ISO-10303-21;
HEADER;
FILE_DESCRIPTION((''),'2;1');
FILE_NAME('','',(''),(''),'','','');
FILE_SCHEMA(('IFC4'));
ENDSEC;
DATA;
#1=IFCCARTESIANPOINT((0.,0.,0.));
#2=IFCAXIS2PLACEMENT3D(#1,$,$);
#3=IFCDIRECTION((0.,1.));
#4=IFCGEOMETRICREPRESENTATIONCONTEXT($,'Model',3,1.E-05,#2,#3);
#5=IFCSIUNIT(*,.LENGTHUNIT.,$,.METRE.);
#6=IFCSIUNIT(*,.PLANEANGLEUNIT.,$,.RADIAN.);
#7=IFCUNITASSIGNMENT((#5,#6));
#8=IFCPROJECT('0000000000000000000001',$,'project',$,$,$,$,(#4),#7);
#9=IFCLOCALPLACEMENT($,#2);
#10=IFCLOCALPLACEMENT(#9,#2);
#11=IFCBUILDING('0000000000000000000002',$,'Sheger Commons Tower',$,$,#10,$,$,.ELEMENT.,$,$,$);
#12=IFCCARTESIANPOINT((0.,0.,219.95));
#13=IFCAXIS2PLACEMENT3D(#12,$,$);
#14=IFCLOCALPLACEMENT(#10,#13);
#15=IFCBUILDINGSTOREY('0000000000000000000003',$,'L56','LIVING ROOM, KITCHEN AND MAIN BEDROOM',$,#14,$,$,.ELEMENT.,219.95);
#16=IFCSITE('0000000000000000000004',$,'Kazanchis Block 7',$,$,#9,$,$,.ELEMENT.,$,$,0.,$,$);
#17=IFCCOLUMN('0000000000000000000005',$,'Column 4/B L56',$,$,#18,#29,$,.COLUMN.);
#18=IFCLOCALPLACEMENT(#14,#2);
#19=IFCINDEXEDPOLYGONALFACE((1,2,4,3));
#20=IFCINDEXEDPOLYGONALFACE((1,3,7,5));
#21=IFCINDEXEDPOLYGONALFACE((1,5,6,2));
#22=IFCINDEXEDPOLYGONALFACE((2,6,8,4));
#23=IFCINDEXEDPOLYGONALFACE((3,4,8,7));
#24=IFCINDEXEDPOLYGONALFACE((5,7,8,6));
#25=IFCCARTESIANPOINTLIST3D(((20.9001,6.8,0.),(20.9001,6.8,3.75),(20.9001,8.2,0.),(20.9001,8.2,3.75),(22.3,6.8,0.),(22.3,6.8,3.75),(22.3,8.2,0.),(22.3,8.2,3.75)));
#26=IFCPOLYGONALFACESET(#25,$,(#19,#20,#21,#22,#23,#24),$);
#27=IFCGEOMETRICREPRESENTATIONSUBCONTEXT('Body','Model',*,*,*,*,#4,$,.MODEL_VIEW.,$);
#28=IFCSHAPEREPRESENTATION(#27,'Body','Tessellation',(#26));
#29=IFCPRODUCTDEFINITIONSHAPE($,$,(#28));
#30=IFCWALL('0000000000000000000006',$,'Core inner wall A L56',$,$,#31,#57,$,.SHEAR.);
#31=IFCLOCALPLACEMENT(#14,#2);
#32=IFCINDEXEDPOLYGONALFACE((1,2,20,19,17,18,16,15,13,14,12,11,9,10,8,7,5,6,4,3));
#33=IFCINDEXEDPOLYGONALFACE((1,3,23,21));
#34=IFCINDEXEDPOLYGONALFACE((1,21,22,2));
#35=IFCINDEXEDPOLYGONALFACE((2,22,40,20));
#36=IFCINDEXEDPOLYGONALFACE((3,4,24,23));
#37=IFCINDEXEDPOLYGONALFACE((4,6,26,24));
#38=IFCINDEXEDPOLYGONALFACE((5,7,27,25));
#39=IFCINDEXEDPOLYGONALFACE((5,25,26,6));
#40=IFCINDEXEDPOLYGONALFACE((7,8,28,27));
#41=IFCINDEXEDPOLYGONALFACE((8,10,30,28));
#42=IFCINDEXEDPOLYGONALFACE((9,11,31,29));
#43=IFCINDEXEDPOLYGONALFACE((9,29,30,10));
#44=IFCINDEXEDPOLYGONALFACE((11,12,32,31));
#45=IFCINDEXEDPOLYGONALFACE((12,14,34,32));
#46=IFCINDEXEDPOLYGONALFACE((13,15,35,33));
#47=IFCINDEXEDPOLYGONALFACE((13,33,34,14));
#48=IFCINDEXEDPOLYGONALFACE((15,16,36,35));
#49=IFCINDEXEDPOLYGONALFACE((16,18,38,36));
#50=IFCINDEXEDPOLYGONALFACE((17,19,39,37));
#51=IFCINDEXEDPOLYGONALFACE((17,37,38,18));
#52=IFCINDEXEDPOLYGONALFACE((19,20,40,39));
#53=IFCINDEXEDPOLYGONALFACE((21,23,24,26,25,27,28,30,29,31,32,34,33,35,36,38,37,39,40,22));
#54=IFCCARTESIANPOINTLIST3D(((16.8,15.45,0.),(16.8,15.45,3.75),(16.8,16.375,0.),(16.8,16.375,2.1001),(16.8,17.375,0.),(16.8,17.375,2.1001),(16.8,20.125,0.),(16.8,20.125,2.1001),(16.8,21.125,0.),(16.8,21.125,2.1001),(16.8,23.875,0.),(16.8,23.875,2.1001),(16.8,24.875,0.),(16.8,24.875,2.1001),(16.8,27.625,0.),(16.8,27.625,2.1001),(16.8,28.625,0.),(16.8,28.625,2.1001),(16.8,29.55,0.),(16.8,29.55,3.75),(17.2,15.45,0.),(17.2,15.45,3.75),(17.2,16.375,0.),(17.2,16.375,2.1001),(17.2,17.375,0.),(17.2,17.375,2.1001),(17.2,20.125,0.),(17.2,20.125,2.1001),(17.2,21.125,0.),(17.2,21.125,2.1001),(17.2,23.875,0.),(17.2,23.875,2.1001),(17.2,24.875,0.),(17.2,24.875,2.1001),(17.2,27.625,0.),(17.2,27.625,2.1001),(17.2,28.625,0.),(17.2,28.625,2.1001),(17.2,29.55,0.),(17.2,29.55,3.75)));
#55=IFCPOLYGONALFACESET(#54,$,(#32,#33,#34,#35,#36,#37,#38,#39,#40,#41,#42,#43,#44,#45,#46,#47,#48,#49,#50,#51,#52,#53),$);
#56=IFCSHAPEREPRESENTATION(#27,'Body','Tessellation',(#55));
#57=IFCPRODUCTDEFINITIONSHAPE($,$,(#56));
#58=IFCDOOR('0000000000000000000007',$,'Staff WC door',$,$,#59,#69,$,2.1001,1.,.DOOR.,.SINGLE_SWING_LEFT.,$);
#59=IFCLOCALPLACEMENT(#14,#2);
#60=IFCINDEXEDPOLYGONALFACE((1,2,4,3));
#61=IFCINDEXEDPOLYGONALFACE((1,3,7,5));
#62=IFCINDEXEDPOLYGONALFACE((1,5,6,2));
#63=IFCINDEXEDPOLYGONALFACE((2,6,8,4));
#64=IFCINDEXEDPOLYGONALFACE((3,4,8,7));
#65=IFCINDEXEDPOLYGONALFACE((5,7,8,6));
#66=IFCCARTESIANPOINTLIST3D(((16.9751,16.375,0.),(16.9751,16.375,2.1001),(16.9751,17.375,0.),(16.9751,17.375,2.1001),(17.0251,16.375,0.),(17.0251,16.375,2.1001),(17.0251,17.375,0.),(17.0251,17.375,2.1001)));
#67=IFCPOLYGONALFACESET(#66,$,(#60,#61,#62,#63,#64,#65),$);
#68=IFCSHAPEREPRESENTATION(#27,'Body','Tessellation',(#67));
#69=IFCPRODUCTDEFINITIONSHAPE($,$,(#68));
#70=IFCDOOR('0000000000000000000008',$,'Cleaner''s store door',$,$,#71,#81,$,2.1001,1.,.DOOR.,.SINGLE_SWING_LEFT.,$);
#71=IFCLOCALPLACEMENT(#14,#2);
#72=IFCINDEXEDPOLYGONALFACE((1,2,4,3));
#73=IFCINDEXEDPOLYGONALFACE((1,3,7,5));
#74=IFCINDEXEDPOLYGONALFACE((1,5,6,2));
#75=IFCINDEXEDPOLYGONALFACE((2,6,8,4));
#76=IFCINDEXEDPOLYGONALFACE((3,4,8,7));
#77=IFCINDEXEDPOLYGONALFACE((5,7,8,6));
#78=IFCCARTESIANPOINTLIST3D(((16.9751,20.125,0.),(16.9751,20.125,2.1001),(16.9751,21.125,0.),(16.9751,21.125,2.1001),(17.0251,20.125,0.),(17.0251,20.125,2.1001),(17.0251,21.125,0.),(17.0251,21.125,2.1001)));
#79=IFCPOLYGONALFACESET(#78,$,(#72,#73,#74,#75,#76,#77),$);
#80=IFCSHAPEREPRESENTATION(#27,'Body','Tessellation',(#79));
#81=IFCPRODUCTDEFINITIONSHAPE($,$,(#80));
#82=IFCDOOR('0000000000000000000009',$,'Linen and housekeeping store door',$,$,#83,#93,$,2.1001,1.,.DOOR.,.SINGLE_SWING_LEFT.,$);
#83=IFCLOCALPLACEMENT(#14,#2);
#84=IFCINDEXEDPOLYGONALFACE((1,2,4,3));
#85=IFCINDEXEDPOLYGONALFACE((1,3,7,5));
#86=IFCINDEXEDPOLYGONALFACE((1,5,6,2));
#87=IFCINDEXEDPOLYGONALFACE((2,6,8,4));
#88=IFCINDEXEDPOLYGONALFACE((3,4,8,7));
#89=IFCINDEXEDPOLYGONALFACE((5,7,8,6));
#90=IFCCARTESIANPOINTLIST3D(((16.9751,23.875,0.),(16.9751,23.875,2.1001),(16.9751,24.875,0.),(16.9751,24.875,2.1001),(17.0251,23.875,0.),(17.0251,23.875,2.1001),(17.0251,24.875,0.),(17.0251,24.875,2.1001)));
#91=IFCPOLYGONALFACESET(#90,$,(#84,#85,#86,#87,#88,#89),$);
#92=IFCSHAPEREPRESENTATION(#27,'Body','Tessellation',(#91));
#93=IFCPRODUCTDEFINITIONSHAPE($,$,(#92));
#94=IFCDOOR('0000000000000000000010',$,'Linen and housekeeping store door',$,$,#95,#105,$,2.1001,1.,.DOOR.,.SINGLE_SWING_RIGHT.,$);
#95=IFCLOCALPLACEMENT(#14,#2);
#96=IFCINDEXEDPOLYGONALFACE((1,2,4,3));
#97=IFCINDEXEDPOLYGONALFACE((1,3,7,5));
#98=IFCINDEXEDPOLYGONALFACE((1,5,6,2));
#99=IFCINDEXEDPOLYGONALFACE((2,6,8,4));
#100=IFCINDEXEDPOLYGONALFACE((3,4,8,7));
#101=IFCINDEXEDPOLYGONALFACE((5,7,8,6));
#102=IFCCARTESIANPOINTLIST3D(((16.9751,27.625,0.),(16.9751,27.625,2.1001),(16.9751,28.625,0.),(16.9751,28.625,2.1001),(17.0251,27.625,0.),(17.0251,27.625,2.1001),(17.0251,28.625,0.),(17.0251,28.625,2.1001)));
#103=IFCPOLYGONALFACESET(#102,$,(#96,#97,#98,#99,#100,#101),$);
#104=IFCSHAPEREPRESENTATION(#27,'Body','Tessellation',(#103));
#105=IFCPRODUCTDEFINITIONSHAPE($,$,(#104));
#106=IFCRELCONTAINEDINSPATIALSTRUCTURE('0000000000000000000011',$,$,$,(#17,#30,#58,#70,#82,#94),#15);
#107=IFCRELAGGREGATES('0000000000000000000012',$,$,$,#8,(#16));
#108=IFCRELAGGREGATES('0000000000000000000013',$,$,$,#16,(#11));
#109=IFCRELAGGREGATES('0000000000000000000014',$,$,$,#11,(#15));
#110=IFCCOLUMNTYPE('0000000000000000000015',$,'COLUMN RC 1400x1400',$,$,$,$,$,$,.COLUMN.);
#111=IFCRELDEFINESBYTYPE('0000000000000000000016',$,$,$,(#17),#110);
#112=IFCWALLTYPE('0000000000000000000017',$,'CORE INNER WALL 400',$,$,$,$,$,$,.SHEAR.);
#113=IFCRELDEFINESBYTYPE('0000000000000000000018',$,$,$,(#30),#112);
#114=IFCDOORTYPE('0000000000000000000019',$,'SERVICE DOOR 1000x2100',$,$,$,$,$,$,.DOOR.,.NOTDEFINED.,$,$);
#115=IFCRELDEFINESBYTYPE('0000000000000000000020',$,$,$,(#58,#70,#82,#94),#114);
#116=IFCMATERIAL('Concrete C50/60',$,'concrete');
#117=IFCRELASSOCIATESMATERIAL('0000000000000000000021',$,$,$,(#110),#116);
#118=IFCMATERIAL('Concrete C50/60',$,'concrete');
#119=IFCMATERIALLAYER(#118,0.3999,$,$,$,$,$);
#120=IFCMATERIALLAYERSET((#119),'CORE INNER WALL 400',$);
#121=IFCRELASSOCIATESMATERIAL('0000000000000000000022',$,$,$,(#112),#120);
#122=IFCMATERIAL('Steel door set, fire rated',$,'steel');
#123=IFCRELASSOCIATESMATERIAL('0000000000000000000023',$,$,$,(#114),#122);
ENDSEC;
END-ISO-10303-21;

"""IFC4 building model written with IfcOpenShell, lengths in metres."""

from ifc_helpers import new_model, si_unit, direction, frame, frame_2d, origin, origin_2d, place, context, subcontext, project, spatial, rectangle, extrude, material, layer, layer_set, material_profile, profile_set, type_object, element, fill, save


model = new_model("IFC4")

# Units and contexts
model_context = context("Model", 3, precision=1e-05, world=origin(), true_north=direction((0.0, 1.0)))
body_context = subcontext(model_context, "Body", "Model", "MODEL_VIEW")
ifc_project = project(units=[si_unit("LENGTHUNIT", "METRE"), si_unit("PLANEANGLEUNIT", "RADIAN")], contexts=[model_context])

# Site, building, storey
site_placement = place(None, origin())
site = spatial("IfcSite", under=ifc_project, at=site_placement, Name="Kazanchis Block 7", CompositionType="ELEMENT", RefElevation=0.0)
building_placement = place(site_placement, origin())
building = spatial("IfcBuilding", under=site, at=building_placement, Name="Sheger Commons Tower", CompositionType="ELEMENT")
storey_placement = place(building_placement, frame((0.0, 0.0, 219.95)))
storey = spatial("IfcBuildingStorey", under=building, at=storey_placement, Name="L56", Description="LIVING ROOM, KITCHEN AND MAIN BEDROOM", CompositionType="ELEMENT", Elevation=219.95)

# Column
ifc_material_1 = material(Name="Concrete C50/60", Category="concrete")
ifc_material_profile = material_profile(ifc_material_1, rectangle(XDim=1.3999, YDim=1.3999, at=origin_2d()), Name="RC 1400x1400")
ifc_profile_set = profile_set([ifc_material_profile], Name="Concrete C50/60")
column_type = type_object("IfcColumnType", Name="COLUMN RC 1400x1400", PredefinedType="COLUMN", material=ifc_profile_set)
column_placement = place(storey_placement, frame((21.6001, 7.5, 0.0), z_axis=(0.0, 0.0, 1.0), x_axis=(1.0, 0.0, 0.0)))
element("IfcColumn", 1, at=column_placement, inside=storey, type_object=column_type, Name="Column 4/B L56", PredefinedType="COLUMN", context=body_context, shape_type="SweptSolid", body=[
    extrude(rectangle(XDim=1.3999, YDim=1.3999, at=origin_2d()), origin(), (0.0, 0.0, 1.0), 3.75),
])

# Wall, openings, doors
ifc_material_2 = material(Name="Concrete C50/60", Category="concrete")
ifc_layer_1 = layer(ifc_material_2, 0.3999)
ifc_layer_set_1 = layer_set([ifc_layer_1], Name="CORE INNER WALL 400")
wall_type_1 = type_object("IfcWallType", Name="CORE INNER WALL 400", PredefinedType="SHEAR", material=ifc_layer_set_1)
wall_1_placement = place(storey_placement, frame((17.0, 15.45, 0.0), z_axis=(0.0, 0.0, 1.0), x_axis=(0.0, 1.0, 0.0)))
wall_1 = element("IfcWall", 2, at=wall_1_placement, inside=storey, type_object=wall_type_1, Name="Core inner wall A L56", PredefinedType="SHEAR", context=body_context, shape_type="SweptSolid", body=[
    extrude(rectangle(XDim=14.1001, YDim=0.3999, at=frame_2d((7.05, 0.0))), origin(), (0.0, 0.0, 1.0), 3.75),
])
opening_1_placement = place(wall_1_placement, frame((0.925, 0.0, 0.0)))
opening_1 = element("IfcOpeningElement", 3, at=opening_1_placement, cuts=wall_1, PredefinedType="OPENING", context=body_context, shape_type="SweptSolid", body=[
    extrude(rectangle(XDim=1.0, YDim=2.1001, at=frame_2d((0.5, 1.05))), frame((0.0, 0.21, 0.0), z_axis=(0.0, -1.0, 0.0), x_axis=(1.0, 0.0, 0.0)), (0.0, 0.0, 1.0), 0.4199),
])
opening_2_placement = place(wall_1_placement, frame((4.675, 0.0, 0.0)))
opening_2 = element("IfcOpeningElement", 4, at=opening_2_placement, cuts=wall_1, PredefinedType="OPENING", context=body_context, shape_type="SweptSolid", body=[
    extrude(rectangle(XDim=1.0, YDim=2.1001, at=frame_2d((0.5, 1.05))), frame((0.0, 0.21, 0.0), z_axis=(0.0, -1.0, 0.0), x_axis=(1.0, 0.0, 0.0)), (0.0, 0.0, 1.0), 0.4199),
])
opening_3_placement = place(wall_1_placement, frame((8.425, 0.0, 0.0)))
opening_3 = element("IfcOpeningElement", 5, at=opening_3_placement, cuts=wall_1, PredefinedType="OPENING", context=body_context, shape_type="SweptSolid", body=[
    extrude(rectangle(XDim=1.0, YDim=2.1001, at=frame_2d((0.5, 1.05))), frame((0.0, 0.21, 0.0), z_axis=(0.0, -1.0, 0.0), x_axis=(1.0, 0.0, 0.0)), (0.0, 0.0, 1.0), 0.4199),
])
opening_4_placement = place(wall_1_placement, frame((12.175, 0.0, 0.0)))
opening_4 = element("IfcOpeningElement", 6, at=opening_4_placement, cuts=wall_1, PredefinedType="OPENING", context=body_context, shape_type="SweptSolid", body=[
    extrude(rectangle(XDim=1.0, YDim=2.1001, at=frame_2d((0.5, 1.05))), frame((0.0, 0.21, 0.0), z_axis=(0.0, -1.0, 0.0), x_axis=(1.0, 0.0, 0.0)), (0.0, 0.0, 1.0), 0.4199),
])
ifc_material_3 = material(Name="Steel door set, fire rated", Category="steel")
door_type_1 = type_object("IfcDoorType", Name="SERVICE DOOR 1000x2100", OperationType="NOTDEFINED", PredefinedType="DOOR", material=ifc_material_3)
door_1_placement = place(opening_1_placement, origin())
door_1 = element("IfcDoor", 7, at=door_1_placement, inside=storey, type_object=door_type_1, Name="Staff WC door", OperationType="SINGLE_SWING_LEFT", OverallHeight=2.1001, OverallWidth=1.0, PredefinedType="DOOR", context=body_context, shape_type="SweptSolid", body=[
    extrude(rectangle(XDim=1.0, YDim=2.1001, at=frame_2d((0.5, 1.05))), frame((0.0, 0.0249, 0.0), z_axis=(0.0, -1.0, 0.0), x_axis=(1.0, 0.0, 0.0)), (0.0, 0.0, 1.0), 0.05),
])
fill(opening_1, door_1)
door_2_placement = place(opening_2_placement, origin())
door_2 = element("IfcDoor", 8, at=door_2_placement, inside=storey, type_object=door_type_1, Name="Cleaner's store door", OperationType="SINGLE_SWING_LEFT", OverallHeight=2.1001, OverallWidth=1.0, PredefinedType="DOOR", context=body_context, shape_type="SweptSolid", body=[
    extrude(rectangle(XDim=1.0, YDim=2.1001, at=frame_2d((0.5, 1.05))), frame((0.0, 0.0249, 0.0), z_axis=(0.0, -1.0, 0.0), x_axis=(1.0, 0.0, 0.0)), (0.0, 0.0, 1.0), 0.05),
])
fill(opening_2, door_2)
door_3_placement = place(opening_3_placement, origin())
door_3 = element("IfcDoor", 9, at=door_3_placement, inside=storey, type_object=door_type_1, Name="Linen and housekeeping store door", OperationType="SINGLE_SWING_LEFT", OverallHeight=2.1001, OverallWidth=1.0, PredefinedType="DOOR", context=body_context, shape_type="SweptSolid", body=[
    extrude(rectangle(XDim=1.0, YDim=2.1001, at=frame_2d((0.5, 1.05))), frame((0.0, 0.0249, 0.0), z_axis=(0.0, -1.0, 0.0), x_axis=(1.0, 0.0, 0.0)), (0.0, 0.0, 1.0), 0.05),
])
fill(opening_3, door_3)
door_4_placement = place(opening_4_placement, origin())
door_4 = element("IfcDoor", 10, at=door_4_placement, inside=storey, type_object=door_type_1, Name="Linen and housekeeping store door", OperationType="SINGLE_SWING_RIGHT", OverallHeight=2.1001, OverallWidth=1.0, PredefinedType="DOOR", context=body_context, shape_type="SweptSolid", body=[
    extrude(rectangle(XDim=1.0, YDim=2.1001, at=frame_2d((0.5, 1.05))), frame((0.0, 0.0249, 0.0), z_axis=(0.0, -1.0, 0.0), x_axis=(1.0, 0.0, 0.0)), (0.0, 0.0, 1.0), 0.05),
])
fill(opening_4, door_4)

save(model, "model.ifc")
